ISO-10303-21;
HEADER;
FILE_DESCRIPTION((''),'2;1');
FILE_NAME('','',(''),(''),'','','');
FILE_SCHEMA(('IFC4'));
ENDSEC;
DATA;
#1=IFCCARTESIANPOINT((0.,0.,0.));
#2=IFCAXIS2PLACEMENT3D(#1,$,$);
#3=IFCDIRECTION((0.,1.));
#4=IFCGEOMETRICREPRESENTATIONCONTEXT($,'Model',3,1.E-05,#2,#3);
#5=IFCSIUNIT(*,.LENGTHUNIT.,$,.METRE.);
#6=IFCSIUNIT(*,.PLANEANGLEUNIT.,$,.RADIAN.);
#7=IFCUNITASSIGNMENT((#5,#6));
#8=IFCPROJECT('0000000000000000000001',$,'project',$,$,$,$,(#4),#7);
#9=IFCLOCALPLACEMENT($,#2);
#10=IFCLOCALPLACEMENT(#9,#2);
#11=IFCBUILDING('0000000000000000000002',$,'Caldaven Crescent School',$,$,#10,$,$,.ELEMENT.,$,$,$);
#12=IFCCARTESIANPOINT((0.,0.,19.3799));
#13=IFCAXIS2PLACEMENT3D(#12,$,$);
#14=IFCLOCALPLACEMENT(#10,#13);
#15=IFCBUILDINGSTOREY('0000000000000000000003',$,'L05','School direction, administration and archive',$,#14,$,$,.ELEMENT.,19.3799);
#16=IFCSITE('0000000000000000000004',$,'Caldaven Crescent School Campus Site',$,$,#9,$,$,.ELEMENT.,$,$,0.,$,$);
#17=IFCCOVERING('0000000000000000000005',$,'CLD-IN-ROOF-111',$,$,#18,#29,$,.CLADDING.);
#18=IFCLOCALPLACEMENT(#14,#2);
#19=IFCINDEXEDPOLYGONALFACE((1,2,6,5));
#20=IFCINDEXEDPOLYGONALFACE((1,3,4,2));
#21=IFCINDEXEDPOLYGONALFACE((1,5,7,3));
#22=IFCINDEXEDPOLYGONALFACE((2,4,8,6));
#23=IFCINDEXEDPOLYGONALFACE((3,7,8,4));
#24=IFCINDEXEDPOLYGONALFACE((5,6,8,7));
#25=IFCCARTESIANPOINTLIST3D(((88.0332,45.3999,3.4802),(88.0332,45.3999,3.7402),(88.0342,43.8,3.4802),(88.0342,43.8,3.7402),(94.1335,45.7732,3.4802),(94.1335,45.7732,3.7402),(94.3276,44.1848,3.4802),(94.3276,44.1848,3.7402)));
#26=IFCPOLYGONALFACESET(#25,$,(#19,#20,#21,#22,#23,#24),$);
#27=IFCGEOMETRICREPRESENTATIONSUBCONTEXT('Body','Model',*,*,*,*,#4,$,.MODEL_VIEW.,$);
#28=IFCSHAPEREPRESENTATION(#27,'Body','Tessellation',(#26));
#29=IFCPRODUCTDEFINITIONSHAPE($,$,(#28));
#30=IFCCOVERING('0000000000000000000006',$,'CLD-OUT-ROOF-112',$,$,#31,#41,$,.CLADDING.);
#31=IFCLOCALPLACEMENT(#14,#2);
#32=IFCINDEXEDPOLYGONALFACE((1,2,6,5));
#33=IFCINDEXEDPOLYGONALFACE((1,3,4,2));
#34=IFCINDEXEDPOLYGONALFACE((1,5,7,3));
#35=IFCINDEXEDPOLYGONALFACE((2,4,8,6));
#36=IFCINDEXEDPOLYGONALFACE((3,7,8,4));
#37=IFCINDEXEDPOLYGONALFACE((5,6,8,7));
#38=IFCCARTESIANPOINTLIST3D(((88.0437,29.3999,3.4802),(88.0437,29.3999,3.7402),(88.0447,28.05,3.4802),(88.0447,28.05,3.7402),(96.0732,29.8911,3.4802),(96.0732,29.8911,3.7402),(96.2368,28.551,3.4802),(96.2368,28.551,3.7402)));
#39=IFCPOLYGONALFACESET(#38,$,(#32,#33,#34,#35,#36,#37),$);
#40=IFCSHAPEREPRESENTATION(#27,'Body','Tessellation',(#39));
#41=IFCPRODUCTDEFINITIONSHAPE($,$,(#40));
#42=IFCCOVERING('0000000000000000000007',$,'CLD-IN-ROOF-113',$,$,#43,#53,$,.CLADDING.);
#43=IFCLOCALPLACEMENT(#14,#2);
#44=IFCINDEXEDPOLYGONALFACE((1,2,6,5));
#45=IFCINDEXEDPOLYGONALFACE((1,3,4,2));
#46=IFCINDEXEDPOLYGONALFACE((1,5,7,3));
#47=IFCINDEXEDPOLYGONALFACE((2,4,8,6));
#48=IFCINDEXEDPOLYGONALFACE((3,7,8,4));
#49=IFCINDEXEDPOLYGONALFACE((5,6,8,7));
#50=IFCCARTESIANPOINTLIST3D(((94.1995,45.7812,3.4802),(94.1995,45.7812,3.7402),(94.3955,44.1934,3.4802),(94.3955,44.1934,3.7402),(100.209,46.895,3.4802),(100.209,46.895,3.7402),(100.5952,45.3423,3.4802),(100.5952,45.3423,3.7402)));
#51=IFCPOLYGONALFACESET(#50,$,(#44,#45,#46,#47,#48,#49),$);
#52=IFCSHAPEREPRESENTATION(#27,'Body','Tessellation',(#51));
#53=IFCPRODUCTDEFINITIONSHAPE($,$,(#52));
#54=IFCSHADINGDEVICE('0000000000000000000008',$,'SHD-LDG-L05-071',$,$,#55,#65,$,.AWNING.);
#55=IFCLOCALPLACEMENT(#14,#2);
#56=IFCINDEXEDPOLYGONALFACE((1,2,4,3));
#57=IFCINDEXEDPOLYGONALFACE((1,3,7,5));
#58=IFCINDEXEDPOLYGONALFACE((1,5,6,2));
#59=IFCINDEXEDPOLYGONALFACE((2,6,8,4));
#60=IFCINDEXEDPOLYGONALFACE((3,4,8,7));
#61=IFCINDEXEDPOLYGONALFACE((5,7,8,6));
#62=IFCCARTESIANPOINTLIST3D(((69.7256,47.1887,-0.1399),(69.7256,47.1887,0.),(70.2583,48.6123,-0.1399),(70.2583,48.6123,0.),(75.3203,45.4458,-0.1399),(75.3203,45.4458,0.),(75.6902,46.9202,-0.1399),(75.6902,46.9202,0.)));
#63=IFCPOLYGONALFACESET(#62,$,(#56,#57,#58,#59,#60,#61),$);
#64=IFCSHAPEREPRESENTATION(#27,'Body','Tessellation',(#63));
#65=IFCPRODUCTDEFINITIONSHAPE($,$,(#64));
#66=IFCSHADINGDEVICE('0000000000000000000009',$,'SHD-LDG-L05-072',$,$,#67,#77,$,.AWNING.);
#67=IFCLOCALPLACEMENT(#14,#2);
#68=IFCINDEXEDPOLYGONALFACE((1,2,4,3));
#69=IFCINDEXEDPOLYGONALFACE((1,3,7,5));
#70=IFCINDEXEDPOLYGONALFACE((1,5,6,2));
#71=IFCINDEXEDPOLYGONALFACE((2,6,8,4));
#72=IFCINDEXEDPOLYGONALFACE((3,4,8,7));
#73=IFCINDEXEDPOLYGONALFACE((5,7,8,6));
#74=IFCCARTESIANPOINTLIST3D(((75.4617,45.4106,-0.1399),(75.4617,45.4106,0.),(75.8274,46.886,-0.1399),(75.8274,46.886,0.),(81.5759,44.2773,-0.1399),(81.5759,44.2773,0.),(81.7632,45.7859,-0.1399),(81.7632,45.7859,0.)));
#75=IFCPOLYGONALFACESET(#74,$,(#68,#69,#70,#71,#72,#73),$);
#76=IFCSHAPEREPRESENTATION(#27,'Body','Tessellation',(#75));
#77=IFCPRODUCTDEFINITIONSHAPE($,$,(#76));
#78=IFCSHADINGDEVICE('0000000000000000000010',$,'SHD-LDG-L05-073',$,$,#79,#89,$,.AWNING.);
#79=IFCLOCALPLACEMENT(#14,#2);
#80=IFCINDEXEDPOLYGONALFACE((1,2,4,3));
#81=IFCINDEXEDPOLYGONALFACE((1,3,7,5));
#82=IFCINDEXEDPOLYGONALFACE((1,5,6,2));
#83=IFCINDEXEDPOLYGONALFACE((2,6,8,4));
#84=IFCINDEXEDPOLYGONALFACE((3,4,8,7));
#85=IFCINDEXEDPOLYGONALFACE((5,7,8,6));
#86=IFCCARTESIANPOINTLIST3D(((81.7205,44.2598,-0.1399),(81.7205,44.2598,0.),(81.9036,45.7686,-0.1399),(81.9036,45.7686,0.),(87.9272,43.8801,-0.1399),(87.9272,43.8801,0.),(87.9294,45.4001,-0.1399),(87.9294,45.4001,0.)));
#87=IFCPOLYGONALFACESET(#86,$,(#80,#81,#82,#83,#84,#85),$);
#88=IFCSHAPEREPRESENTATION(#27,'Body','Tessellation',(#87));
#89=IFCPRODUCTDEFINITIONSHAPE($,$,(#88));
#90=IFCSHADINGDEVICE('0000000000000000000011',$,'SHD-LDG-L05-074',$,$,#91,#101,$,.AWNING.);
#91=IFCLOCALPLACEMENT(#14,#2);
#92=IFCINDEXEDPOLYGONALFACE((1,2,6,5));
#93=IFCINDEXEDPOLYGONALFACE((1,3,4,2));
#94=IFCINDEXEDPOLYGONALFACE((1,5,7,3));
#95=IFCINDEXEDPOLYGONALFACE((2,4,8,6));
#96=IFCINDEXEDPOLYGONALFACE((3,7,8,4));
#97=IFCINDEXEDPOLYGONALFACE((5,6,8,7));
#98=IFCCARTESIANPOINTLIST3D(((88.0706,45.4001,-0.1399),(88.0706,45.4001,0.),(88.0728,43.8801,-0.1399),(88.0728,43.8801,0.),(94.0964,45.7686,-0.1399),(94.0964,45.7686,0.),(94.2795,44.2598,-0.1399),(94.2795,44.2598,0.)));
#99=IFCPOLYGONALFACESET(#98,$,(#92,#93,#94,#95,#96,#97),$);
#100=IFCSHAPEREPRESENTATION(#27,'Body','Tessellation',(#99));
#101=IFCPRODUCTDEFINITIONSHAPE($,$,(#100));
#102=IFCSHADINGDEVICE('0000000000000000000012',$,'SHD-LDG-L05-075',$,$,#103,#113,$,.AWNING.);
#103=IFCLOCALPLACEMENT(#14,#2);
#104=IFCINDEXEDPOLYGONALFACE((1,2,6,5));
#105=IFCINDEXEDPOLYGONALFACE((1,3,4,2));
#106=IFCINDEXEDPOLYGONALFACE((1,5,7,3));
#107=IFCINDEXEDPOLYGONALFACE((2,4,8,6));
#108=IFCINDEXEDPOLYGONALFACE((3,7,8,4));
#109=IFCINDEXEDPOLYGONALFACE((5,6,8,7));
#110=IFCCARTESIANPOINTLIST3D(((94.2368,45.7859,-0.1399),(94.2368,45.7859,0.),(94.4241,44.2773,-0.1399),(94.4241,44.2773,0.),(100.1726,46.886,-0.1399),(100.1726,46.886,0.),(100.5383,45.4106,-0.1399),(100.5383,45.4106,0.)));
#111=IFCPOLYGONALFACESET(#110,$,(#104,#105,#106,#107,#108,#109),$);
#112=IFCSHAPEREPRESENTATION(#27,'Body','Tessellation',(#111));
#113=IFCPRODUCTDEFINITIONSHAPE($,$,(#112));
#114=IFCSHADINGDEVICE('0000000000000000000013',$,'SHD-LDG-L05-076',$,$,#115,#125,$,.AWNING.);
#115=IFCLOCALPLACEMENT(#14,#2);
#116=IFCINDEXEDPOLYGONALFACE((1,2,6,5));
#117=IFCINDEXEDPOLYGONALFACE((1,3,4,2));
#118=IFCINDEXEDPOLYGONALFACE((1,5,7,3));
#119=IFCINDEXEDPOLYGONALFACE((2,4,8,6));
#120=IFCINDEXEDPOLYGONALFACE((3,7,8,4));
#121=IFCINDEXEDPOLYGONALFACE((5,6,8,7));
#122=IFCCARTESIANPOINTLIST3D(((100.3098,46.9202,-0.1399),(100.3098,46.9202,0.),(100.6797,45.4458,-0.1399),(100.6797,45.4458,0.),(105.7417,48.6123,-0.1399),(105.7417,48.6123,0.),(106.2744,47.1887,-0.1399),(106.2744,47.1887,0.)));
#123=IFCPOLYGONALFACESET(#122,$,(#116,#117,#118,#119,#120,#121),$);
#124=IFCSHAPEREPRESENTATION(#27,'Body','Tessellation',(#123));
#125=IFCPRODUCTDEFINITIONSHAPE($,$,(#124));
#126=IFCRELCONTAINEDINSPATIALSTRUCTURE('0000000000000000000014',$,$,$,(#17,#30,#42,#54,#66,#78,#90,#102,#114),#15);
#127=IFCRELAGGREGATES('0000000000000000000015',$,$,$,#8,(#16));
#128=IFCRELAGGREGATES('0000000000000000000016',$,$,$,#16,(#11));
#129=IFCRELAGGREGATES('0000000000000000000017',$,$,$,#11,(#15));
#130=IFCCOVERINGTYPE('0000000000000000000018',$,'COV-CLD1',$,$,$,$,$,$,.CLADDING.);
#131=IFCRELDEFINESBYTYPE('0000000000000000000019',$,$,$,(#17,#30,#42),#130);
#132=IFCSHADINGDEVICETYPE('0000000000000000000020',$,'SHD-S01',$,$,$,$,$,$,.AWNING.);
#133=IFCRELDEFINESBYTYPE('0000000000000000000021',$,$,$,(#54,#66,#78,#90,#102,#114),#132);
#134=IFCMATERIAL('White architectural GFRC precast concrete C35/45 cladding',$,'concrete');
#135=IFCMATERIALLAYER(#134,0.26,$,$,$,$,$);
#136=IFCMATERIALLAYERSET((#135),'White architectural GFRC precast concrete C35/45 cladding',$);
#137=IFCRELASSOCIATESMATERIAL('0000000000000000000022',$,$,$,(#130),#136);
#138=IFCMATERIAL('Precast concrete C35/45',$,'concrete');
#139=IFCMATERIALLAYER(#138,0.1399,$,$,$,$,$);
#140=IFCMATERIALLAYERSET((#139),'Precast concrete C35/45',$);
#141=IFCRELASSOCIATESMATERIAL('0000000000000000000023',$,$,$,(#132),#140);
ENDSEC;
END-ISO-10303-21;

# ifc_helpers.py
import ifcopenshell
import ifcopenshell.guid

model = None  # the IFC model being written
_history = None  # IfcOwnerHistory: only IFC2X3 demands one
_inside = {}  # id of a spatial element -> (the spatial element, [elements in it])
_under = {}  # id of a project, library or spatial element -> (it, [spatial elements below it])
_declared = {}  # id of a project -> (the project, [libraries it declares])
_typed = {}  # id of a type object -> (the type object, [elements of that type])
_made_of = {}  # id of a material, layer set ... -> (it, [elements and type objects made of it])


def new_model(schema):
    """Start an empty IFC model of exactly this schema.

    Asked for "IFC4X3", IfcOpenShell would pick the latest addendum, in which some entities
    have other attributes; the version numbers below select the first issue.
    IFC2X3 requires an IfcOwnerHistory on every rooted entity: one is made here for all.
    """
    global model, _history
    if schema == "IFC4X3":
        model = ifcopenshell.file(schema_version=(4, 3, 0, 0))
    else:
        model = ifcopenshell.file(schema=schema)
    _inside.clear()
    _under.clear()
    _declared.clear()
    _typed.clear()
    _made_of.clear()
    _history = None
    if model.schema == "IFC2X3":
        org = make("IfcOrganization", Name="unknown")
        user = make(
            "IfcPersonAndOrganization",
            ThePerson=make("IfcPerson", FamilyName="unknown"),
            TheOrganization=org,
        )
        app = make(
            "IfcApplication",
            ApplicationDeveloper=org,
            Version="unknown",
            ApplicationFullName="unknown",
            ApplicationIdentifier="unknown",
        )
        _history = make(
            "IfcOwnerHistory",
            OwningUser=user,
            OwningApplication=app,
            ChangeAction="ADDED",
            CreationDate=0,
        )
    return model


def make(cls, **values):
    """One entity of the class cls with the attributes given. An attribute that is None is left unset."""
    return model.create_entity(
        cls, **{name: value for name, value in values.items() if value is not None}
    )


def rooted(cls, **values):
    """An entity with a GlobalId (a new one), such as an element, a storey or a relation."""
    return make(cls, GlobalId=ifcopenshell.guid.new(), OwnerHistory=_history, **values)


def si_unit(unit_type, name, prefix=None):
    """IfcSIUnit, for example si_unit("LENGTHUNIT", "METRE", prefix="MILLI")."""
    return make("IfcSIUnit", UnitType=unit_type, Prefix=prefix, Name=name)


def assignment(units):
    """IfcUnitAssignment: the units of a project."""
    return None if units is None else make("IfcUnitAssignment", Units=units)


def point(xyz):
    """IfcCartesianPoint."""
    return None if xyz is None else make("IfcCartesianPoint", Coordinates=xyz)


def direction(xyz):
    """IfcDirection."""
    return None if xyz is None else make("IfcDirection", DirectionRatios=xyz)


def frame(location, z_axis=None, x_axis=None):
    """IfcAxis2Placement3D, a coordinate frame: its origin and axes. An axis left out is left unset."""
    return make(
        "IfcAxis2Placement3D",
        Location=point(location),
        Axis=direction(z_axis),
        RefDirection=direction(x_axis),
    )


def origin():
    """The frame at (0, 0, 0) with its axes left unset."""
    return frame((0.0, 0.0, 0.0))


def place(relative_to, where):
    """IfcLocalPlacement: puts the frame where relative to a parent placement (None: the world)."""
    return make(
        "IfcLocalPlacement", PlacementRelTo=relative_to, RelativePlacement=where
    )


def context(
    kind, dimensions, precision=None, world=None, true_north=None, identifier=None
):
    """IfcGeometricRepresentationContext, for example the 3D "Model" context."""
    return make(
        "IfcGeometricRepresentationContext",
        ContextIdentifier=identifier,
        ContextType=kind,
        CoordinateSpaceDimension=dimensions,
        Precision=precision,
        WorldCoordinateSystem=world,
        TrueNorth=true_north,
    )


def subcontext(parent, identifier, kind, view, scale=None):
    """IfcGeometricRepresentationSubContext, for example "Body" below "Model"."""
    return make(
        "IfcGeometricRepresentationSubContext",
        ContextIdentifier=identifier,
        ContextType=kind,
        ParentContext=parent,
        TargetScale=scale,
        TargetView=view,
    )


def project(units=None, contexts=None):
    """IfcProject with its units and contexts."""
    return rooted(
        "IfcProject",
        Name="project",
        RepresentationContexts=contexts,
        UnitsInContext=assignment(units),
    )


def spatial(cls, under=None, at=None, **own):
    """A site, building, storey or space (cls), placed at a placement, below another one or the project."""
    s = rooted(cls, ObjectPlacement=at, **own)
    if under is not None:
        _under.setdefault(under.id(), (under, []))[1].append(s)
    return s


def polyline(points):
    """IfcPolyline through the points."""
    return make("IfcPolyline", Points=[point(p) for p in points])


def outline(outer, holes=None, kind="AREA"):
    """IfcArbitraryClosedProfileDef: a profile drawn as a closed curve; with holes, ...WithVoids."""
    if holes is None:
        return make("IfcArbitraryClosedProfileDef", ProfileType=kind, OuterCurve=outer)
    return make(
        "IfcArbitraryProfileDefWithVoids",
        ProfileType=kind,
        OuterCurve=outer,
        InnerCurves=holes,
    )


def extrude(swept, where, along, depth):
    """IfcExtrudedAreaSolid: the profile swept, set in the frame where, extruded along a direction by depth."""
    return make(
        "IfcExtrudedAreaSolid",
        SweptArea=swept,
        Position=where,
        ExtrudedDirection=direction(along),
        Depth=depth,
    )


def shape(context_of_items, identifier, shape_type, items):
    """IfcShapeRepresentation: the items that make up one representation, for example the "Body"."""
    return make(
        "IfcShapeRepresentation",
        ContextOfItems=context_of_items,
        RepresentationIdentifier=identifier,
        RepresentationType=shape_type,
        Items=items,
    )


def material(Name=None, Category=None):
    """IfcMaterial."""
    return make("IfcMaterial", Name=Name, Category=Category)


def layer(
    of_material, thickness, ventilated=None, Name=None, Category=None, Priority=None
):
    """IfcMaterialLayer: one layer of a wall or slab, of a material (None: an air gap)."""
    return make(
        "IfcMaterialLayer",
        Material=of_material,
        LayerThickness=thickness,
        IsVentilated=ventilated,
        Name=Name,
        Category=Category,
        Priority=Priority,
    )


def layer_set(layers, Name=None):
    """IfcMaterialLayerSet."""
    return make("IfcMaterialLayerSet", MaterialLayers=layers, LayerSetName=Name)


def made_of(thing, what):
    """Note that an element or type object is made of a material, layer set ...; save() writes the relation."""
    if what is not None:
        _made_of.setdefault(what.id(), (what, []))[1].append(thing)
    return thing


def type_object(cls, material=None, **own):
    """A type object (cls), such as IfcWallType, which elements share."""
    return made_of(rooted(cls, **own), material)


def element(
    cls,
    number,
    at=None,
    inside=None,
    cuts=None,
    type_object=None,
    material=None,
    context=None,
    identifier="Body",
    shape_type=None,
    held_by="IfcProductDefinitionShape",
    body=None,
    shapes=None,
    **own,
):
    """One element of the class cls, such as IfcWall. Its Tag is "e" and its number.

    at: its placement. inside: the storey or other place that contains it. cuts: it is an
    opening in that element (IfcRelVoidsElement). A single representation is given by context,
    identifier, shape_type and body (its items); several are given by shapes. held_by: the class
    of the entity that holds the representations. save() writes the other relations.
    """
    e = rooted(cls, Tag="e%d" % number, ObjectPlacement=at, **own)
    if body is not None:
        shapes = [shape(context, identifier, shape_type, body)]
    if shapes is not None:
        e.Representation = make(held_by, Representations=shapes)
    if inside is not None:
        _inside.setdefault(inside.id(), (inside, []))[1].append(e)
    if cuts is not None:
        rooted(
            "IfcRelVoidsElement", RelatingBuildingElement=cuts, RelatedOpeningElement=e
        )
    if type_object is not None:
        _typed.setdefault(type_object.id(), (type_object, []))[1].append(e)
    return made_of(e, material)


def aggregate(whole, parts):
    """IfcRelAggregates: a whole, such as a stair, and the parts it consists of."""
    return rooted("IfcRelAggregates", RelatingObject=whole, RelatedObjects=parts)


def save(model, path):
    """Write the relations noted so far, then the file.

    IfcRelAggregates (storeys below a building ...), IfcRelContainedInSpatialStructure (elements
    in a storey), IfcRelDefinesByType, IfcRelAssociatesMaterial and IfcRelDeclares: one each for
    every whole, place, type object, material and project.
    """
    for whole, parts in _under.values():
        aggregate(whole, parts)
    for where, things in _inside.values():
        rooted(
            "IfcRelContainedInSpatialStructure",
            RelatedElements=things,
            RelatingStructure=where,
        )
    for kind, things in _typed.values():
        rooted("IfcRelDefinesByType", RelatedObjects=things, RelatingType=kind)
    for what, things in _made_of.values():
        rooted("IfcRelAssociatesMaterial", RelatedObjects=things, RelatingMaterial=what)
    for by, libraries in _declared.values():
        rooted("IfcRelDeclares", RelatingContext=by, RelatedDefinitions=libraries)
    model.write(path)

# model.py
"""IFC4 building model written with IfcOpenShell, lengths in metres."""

from ifc_helpers import new_model, si_unit, direction, frame, origin, place, context, subcontext, project, spatial, polyline, outline, extrude, material, layer, layer_set, type_object, element, save


model = new_model("IFC4")

# Units and contexts
model_context = context("Model", 3, precision=1e-05, world=origin(), true_north=direction((0.0, 1.0)))
body_context = subcontext(model_context, "Body", "Model", "MODEL_VIEW")
ifc_project = project(units=[si_unit("LENGTHUNIT", "METRE"), si_unit("PLANEANGLEUNIT", "RADIAN")], contexts=[model_context])

# Site, building, storey
site_placement = place(None, origin())
site = spatial("IfcSite", under=ifc_project, at=site_placement, Name="Caldaven Crescent School Campus Site", CompositionType="ELEMENT", RefElevation=0.0)
building_placement = place(site_placement, origin())
building = spatial("IfcBuilding", under=site, at=building_placement, Name="Caldaven Crescent School", CompositionType="ELEMENT")
storey_placement = place(building_placement, frame((0.0, 0.0, 19.3799)))
storey = spatial("IfcBuildingStorey", under=building, at=storey_placement, Name="L05", Description="School direction, administration and archive", CompositionType="ELEMENT", Elevation=19.3799)

# Coverings
ifc_material_1 = material(Name="White architectural GFRC precast concrete C35/45 cladding", Category="concrete")
ifc_layer_1 = layer(ifc_material_1, 0.26)
ifc_layer_set_1 = layer_set([ifc_layer_1], Name="White architectural GFRC precast concrete C35/45 cladding")
covering_type = type_object("IfcCoveringType", Name="COV-CLD1", PredefinedType="CLADDING", material=ifc_layer_set_1)
covering_1_placement = place(storey_placement, frame((0.0, 0.0, 3.4802)))
element("IfcCovering", 1, at=covering_1_placement, inside=storey, type_object=covering_type, Name="CLD-IN-ROOF-111", PredefinedType="CLADDING", context=body_context, shape_type="SweptSolid", body=[
    extrude(outline(polyline([(88.0332, 45.3999), (94.1335, 45.7732), (94.3276, 44.1848), (88.0342, 43.8), (88.0332, 45.3999)])), origin(), (0.0, 0.0, 1.0), 0.26),
])
covering_2_placement = place(storey_placement, frame((0.0, 0.0, 3.4802)))
element("IfcCovering", 2, at=covering_2_placement, inside=storey, type_object=covering_type, Name="CLD-OUT-ROOF-112", PredefinedType="CLADDING", context=body_context, shape_type="SweptSolid", body=[
    extrude(outline(polyline([(88.0437, 29.3999), (96.0732, 29.8911), (96.2368, 28.551), (88.0447, 28.05), (88.0437, 29.3999)])), origin(), (0.0, 0.0, 1.0), 0.26),
])
covering_3_placement = place(storey_placement, frame((0.0, 0.0, 3.4802)))
element("IfcCovering", 3, at=covering_3_placement, inside=storey, type_object=covering_type, Name="CLD-IN-ROOF-113", PredefinedType="CLADDING", context=body_context, shape_type="SweptSolid", body=[
    extrude(outline(polyline([(94.1995, 45.7812), (100.209, 46.895), (100.5952, 45.3423), (94.3955, 44.1934), (94.1995, 45.7812)])), origin(), (0.0, 0.0, 1.0), 0.26),
])

# Shading devices
ifc_material_2 = material(Name="Precast concrete C35/45", Category="concrete")
ifc_layer_2 = layer(ifc_material_2, 0.1399)
ifc_layer_set_2 = layer_set([ifc_layer_2], Name="Precast concrete C35/45")
shading_device_type = type_object("IfcShadingDeviceType", Name="SHD-S01", PredefinedType="AWNING", material=ifc_layer_set_2)
shading_device_1_placement = place(storey_placement, frame((0.0, 0.0, -0.1399)))
element("IfcShadingDevice", 4, at=shading_device_1_placement, inside=storey, type_object=shading_device_type, Name="SHD-LDG-L05-071", PredefinedType="AWNING", context=body_context, shape_type="SweptSolid", body=[
    extrude(outline(polyline([(70.2583, 48.6123), (75.6902, 46.9202), (75.3203, 45.4458), (69.7256, 47.1887), (70.2583, 48.6123)])), origin(), (0.0, 0.0, 1.0), 0.1399),
])
shading_device_2_placement = place(storey_placement, frame((0.0, 0.0, -0.1399)))
element("IfcShadingDevice", 5, at=shading_device_2_placement, inside=storey, type_object=shading_device_type, Name="SHD-LDG-L05-072", PredefinedType="AWNING", context=body_context, shape_type="SweptSolid", body=[
    extrude(outline(polyline([(75.8274, 46.886), (81.7632, 45.7859), (81.5759, 44.2773), (75.4617, 45.4106), (75.8274, 46.886)])), origin(), (0.0, 0.0, 1.0), 0.1399),
])
shading_device_3_placement = place(storey_placement, frame((0.0, 0.0, -0.1399)))
element("IfcShadingDevice", 6, at=shading_device_3_placement, inside=storey, type_object=shading_device_type, Name="SHD-LDG-L05-073", PredefinedType="AWNING", context=body_context, shape_type="SweptSolid", body=[
    extrude(outline(polyline([(81.9036, 45.7686), (87.9294, 45.4001), (87.9272, 43.8801), (81.7205, 44.2598), (81.9036, 45.7686)])), origin(), (0.0, 0.0, 1.0), 0.1399),
])
shading_device_4_placement = place(storey_placement, frame((0.0, 0.0, -0.1399)))
element("IfcShadingDevice", 7, at=shading_device_4_placement, inside=storey, type_object=shading_device_type, Name="SHD-LDG-L05-074", PredefinedType="AWNING", context=body_context, shape_type="SweptSolid", body=[
    extrude(outline(polyline([(88.0706, 45.4001), (94.0964, 45.7686), (94.2795, 44.2598), (88.0728, 43.8801), (88.0706, 45.4001)])), origin(), (0.0, 0.0, 1.0), 0.1399),
])
shading_device_5_placement = place(storey_placement, frame((0.0, 0.0, -0.1399)))
element("IfcShadingDevice", 8, at=shading_device_5_placement, inside=storey, type_object=shading_device_type, Name="SHD-LDG-L05-075", PredefinedType="AWNING", context=body_context, shape_type="SweptSolid", body=[
    extrude(outline(polyline([(94.2368, 45.7859), (100.1726, 46.886), (100.5383, 45.4106), (94.4241, 44.2773), (94.2368, 45.7859)])), origin(), (0.0, 0.0, 1.0), 0.1399),
])
shading_device_6_placement = place(storey_placement, frame((0.0, 0.0, -0.1399)))
element("IfcShadingDevice", 9, at=shading_device_6_placement, inside=storey, type_object=shading_device_type, Name="SHD-LDG-L05-076", PredefinedType="AWNING", context=body_context, shape_type="SweptSolid", body=[
    extrude(outline(polyline([(100.3098, 46.9202), (105.7417, 48.6123), (106.2744, 47.1887), (100.6797, 45.4458), (100.3098, 46.9202)])), origin(), (0.0, 0.0, 1.0), 0.1399),
])

save(model, "model.ifc")
